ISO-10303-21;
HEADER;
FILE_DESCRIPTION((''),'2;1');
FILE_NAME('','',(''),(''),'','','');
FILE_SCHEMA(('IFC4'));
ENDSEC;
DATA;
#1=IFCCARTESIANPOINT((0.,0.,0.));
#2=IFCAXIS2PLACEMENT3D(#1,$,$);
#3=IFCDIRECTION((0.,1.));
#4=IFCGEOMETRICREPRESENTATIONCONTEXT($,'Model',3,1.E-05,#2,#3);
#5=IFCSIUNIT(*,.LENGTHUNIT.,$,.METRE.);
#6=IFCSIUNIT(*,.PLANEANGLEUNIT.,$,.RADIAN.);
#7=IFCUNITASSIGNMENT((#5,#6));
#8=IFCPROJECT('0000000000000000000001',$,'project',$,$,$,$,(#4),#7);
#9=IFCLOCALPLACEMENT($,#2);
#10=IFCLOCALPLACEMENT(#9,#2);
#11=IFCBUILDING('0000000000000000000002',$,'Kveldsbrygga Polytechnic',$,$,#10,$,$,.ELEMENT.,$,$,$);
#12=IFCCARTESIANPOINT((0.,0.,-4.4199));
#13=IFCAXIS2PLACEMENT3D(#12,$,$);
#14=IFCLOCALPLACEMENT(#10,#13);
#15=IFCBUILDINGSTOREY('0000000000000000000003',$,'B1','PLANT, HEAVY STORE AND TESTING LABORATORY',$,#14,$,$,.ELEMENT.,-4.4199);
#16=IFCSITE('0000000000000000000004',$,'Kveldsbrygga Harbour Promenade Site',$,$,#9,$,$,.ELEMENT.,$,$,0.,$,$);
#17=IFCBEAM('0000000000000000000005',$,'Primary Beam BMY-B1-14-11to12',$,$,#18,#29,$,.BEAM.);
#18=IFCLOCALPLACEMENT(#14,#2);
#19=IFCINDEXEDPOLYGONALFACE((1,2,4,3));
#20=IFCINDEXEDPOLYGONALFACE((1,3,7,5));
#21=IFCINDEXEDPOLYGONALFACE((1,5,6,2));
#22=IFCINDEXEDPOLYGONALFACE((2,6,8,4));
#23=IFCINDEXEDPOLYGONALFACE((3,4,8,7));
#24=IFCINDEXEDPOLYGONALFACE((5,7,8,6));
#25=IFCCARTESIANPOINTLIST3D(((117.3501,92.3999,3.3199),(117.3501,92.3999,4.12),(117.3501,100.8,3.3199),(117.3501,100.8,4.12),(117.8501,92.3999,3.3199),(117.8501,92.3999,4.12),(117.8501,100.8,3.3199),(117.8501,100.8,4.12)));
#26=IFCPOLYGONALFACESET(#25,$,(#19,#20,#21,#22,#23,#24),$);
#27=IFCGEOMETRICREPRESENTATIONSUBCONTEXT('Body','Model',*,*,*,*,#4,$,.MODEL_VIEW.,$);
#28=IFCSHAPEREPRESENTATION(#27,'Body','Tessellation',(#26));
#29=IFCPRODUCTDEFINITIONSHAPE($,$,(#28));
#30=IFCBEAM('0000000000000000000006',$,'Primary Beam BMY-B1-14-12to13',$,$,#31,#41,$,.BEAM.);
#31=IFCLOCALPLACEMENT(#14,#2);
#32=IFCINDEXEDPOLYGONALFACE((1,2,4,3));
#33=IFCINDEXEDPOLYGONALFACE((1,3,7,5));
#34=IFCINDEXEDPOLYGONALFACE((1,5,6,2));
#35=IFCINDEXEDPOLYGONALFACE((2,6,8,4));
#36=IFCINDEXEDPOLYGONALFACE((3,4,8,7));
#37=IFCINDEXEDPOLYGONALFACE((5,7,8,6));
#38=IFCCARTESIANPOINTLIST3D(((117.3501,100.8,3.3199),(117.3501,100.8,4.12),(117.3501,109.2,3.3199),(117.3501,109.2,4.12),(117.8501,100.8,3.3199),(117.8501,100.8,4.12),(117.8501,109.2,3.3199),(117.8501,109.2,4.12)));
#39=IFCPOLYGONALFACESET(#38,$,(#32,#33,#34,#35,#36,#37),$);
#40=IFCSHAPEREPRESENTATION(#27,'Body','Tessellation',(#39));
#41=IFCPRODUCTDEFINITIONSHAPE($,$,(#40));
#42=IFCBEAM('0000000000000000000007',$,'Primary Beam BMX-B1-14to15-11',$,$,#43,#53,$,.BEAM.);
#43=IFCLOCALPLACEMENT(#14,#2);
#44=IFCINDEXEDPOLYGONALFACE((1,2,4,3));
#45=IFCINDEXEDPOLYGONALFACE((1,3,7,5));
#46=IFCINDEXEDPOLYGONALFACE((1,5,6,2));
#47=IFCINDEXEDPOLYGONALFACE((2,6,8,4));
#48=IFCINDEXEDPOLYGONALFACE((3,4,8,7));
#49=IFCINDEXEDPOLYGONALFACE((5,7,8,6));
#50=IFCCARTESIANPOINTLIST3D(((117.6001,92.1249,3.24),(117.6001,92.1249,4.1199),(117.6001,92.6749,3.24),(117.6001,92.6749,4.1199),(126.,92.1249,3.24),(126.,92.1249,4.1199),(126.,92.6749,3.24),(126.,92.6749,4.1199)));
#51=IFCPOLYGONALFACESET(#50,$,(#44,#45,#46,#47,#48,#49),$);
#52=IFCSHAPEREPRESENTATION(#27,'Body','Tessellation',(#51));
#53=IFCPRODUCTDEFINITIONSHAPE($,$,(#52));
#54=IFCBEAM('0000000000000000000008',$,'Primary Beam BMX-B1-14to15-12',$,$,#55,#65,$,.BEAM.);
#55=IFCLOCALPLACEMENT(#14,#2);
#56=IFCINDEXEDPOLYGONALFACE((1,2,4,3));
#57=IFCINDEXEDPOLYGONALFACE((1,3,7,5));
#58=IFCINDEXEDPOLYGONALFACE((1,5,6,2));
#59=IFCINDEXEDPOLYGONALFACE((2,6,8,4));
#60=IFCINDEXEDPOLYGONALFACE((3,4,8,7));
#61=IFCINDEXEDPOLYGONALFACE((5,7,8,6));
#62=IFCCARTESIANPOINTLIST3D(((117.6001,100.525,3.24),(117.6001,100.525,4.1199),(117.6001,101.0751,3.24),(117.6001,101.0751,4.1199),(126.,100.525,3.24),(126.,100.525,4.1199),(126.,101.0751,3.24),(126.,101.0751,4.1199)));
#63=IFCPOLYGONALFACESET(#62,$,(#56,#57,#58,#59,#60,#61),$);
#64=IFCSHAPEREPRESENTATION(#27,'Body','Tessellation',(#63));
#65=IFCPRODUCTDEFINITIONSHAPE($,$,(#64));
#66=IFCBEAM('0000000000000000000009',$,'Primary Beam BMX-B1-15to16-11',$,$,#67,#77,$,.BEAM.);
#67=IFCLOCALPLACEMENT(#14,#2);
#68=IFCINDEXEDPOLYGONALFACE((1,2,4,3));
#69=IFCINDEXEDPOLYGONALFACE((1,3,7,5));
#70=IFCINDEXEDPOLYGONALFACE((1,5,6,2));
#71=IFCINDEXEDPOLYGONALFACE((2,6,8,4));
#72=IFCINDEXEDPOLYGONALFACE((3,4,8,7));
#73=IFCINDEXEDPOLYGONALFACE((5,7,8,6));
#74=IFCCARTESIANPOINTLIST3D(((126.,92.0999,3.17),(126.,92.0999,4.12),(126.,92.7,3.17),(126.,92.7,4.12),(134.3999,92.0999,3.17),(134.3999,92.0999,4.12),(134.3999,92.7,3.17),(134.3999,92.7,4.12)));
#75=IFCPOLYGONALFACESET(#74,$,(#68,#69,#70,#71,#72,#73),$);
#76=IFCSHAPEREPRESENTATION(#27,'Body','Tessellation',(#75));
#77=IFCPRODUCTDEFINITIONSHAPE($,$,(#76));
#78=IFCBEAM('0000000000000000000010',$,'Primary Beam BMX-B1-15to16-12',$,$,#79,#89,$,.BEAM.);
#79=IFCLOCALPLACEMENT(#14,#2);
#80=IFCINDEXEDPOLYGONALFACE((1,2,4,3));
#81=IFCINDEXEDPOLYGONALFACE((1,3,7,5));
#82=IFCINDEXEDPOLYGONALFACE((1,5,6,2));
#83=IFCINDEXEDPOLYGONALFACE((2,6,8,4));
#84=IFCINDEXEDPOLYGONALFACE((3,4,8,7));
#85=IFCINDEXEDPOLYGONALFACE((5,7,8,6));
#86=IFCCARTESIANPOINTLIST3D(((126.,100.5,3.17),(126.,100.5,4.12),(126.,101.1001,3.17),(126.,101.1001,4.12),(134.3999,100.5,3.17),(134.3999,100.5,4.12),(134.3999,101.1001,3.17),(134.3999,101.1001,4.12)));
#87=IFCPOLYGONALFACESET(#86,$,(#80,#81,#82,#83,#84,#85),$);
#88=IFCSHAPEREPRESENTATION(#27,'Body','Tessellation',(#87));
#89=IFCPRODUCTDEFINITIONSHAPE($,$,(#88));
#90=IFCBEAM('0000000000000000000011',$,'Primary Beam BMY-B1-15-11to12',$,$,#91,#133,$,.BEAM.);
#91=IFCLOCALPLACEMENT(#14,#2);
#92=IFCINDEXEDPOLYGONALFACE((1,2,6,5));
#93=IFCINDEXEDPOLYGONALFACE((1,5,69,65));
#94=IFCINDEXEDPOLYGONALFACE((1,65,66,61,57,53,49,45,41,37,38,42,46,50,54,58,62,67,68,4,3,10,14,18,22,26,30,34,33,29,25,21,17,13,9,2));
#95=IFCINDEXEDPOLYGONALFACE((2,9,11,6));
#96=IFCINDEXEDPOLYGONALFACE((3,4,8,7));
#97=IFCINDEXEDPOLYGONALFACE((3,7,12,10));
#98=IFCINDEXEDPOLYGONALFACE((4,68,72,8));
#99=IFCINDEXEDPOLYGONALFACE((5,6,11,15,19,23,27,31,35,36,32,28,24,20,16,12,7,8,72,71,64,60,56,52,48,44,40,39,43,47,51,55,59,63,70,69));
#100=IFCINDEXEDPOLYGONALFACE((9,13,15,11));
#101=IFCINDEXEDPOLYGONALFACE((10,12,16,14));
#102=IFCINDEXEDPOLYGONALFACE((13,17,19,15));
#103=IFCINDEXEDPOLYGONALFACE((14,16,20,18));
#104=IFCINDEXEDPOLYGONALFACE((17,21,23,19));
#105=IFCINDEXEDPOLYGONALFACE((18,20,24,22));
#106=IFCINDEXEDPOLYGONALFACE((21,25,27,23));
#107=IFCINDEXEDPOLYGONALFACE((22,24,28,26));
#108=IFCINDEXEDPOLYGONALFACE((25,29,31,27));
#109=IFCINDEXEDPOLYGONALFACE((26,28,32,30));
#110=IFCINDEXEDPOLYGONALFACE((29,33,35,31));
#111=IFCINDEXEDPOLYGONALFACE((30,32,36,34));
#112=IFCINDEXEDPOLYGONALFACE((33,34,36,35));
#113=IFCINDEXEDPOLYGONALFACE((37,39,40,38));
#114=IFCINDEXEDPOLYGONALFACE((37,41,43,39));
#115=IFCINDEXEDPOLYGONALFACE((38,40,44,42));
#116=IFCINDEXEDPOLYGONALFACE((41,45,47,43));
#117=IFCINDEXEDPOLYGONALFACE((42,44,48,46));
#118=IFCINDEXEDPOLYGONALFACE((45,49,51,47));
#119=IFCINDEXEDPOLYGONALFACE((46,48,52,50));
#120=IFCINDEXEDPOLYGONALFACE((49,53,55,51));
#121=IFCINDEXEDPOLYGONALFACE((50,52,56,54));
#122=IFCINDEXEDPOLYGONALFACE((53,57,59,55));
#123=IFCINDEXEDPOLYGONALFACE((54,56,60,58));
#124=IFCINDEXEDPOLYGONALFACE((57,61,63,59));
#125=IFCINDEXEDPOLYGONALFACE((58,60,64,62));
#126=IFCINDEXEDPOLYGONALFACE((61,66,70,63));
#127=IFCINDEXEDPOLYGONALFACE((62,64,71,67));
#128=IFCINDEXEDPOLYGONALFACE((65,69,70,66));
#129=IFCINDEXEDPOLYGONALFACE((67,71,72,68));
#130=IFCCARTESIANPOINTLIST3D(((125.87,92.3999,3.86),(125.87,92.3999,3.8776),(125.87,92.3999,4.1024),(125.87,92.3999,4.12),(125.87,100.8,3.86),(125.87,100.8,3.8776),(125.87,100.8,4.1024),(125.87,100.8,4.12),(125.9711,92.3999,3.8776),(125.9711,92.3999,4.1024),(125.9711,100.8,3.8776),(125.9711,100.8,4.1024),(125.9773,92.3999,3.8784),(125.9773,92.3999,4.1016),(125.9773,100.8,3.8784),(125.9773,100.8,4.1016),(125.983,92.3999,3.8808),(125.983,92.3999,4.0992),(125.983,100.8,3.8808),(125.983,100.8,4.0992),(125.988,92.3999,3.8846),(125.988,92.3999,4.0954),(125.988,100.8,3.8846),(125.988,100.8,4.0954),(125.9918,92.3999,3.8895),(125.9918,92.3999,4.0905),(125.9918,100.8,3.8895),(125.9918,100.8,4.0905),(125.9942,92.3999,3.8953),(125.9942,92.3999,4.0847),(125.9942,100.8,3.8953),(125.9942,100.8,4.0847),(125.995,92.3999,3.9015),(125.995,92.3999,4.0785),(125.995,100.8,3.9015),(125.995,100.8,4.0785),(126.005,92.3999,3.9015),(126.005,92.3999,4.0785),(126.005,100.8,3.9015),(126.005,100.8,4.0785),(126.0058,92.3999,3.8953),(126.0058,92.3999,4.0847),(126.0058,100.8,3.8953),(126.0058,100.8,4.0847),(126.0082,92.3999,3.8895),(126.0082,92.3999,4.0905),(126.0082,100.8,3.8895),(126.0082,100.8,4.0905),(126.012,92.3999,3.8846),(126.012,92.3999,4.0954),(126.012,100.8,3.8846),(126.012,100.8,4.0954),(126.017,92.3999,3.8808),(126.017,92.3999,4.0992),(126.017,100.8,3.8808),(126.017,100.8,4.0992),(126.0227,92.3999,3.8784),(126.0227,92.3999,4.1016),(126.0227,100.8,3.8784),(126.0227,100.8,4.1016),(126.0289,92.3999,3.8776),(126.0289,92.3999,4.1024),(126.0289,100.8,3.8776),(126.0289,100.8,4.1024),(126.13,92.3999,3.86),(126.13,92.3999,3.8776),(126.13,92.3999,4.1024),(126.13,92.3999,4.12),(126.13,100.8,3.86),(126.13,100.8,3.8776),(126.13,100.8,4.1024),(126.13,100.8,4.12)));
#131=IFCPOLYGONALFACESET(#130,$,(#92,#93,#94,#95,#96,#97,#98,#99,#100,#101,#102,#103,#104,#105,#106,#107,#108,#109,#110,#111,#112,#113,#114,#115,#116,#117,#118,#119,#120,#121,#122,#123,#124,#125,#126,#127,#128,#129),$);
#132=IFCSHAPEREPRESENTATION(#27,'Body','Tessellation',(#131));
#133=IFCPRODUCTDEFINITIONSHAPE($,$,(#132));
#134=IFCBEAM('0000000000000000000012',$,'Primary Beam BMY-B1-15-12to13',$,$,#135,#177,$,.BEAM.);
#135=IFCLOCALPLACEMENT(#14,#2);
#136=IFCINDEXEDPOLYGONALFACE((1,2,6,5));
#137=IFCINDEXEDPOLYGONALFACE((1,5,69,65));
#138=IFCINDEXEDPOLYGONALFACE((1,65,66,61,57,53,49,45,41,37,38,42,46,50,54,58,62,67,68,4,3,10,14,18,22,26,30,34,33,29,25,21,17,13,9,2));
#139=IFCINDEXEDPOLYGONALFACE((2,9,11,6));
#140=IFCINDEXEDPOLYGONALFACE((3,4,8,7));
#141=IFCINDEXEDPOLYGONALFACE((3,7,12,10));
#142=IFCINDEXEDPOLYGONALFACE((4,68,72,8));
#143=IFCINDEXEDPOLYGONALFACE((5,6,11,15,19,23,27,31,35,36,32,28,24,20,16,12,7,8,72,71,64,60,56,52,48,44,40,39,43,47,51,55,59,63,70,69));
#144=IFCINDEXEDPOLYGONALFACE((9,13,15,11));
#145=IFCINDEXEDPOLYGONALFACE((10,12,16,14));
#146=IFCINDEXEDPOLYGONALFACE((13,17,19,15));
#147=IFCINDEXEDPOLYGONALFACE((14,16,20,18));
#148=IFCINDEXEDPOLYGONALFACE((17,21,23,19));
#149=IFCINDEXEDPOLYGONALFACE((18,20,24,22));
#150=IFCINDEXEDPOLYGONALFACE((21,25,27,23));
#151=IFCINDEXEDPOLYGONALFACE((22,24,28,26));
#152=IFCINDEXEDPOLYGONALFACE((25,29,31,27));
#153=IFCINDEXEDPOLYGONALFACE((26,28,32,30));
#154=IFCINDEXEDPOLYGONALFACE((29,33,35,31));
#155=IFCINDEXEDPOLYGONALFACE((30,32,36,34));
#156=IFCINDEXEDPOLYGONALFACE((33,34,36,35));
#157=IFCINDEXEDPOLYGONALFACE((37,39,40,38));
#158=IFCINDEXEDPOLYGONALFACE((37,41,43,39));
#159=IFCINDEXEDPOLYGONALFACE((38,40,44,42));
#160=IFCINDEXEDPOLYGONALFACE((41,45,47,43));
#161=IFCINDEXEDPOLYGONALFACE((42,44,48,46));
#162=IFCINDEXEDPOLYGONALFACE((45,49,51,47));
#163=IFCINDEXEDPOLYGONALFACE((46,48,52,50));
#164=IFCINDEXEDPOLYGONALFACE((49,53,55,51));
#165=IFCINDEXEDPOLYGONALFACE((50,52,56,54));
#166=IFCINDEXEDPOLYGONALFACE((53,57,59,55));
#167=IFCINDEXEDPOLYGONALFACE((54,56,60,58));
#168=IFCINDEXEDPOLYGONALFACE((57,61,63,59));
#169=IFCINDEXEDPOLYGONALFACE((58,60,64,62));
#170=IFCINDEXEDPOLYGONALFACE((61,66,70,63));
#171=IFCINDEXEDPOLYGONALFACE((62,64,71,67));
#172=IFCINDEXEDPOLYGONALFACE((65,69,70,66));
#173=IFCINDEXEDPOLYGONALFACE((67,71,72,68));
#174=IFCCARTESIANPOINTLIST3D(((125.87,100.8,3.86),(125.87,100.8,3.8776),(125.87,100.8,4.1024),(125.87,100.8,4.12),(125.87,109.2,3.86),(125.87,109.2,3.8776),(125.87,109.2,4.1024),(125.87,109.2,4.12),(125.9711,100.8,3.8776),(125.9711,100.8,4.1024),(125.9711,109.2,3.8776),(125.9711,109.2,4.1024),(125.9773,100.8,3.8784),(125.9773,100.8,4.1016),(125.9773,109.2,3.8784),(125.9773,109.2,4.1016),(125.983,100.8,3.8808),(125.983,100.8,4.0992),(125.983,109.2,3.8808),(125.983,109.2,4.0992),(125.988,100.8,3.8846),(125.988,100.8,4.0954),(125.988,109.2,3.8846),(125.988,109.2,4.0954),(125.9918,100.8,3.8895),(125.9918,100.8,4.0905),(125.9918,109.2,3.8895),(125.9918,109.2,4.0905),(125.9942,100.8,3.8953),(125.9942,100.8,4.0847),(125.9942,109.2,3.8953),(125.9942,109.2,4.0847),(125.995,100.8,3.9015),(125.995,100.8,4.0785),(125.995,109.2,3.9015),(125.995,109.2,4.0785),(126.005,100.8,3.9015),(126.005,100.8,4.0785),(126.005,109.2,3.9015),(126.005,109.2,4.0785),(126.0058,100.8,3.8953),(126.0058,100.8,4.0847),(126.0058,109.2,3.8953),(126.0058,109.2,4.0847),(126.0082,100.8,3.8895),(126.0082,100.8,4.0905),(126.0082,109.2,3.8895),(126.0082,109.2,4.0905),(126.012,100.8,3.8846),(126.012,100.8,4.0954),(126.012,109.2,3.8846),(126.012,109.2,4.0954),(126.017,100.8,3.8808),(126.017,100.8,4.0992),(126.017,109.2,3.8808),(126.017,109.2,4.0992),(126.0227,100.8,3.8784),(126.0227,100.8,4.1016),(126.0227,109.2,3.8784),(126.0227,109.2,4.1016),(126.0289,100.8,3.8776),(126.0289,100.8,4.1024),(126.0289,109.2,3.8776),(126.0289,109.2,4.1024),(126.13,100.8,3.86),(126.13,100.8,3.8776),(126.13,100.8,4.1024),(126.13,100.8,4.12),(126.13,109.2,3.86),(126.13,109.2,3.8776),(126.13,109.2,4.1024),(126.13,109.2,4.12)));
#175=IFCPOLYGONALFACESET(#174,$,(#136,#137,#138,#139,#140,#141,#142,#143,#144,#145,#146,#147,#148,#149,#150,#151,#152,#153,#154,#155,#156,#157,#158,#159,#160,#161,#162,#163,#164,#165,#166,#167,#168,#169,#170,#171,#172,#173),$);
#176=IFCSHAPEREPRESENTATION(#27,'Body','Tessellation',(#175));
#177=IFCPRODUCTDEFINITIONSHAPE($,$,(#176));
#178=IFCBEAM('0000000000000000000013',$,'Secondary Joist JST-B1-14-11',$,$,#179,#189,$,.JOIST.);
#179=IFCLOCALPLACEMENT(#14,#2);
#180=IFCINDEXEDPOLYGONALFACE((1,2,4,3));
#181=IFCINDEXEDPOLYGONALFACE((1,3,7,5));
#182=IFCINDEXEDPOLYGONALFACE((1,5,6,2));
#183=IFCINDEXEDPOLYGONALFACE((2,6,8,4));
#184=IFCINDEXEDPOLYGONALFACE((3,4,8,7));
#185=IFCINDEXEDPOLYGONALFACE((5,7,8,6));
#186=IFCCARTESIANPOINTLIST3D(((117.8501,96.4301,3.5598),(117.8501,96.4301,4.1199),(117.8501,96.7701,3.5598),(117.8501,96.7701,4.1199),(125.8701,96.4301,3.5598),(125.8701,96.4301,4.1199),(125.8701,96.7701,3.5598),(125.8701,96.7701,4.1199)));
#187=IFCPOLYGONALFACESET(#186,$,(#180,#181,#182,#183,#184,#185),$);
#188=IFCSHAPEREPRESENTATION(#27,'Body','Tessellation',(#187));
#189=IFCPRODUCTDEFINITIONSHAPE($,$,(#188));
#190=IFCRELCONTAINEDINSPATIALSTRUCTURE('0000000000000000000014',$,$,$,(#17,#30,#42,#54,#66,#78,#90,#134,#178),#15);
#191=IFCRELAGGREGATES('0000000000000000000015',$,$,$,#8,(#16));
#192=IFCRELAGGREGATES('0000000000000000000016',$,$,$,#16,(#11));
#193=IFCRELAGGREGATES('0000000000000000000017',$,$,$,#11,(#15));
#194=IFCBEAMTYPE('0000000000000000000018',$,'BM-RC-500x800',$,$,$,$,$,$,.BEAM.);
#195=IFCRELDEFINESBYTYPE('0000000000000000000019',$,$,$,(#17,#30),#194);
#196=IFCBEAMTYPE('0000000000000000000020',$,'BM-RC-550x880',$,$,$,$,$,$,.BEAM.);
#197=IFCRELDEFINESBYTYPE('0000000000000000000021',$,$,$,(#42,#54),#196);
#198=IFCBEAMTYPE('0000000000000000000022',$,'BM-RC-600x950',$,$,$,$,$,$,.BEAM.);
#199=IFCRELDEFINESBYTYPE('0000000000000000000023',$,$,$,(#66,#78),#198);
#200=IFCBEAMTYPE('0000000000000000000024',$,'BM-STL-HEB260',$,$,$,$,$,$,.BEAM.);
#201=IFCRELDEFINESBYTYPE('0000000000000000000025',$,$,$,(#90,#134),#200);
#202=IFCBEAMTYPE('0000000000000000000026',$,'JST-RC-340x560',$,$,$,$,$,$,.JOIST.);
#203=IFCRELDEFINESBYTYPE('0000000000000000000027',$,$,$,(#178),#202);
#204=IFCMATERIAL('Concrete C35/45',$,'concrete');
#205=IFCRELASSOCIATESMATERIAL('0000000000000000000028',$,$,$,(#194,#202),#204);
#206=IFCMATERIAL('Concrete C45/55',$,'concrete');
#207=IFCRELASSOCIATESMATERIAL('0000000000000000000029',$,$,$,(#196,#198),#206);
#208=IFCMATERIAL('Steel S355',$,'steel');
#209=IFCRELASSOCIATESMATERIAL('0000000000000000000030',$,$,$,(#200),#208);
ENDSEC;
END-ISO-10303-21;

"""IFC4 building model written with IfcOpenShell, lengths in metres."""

from ifc_helpers import new_model, si_unit, direction, frame, origin, origin_2d, place, context, subcontext, project, spatial, rectangle, i_section, extrude, material, material_profile, profile_set, type_object, element, save


model = new_model("IFC4")

# Units and contexts
model_context = context("Model", 3, precision=1e-05, world=origin(), true_north=direction((0.0, 1.0)))
body_context = subcontext(model_context, "Body", "Model", "MODEL_VIEW")
ifc_project = project(units=[si_unit("LENGTHUNIT", "METRE"), si_unit("PLANEANGLEUNIT", "RADIAN")], contexts=[model_context])

# Site, building, storey
site_placement = place(None, origin())
site = spatial("IfcSite", under=ifc_project, at=site_placement, Name="Kveldsbrygga Harbour Promenade Site", CompositionType="ELEMENT", RefElevation=0.0)
building_placement = place(site_placement, origin())
building = spatial("IfcBuilding", under=site, at=building_placement, Name="Kveldsbrygga Polytechnic", CompositionType="ELEMENT")
storey_placement = place(building_placement, frame((0.0, 0.0, -4.4199)))
storey = spatial("IfcBuildingStorey", under=building, at=storey_placement, Name="B1", Description="PLANT, HEAVY STORE AND TESTING LABORATORY", CompositionType="ELEMENT", Elevation=-4.4199)

# Shared definitions
ifc_material_1 = material(Name="Concrete C45/55", Category="concrete")

# Beams
ifc_material_2 = material(Name="Concrete C35/45", Category="concrete")
ifc_material_profile_1 = material_profile(ifc_material_2, rectangle(XDim=0.5, YDim=0.8, at=origin_2d()), Name="RC 500x800")
ifc_profile_set_1 = profile_set([ifc_material_profile_1], Name="Concrete C35/45")
beam_type_1 = type_object("IfcBeamType", Name="BM-RC-500x800", PredefinedType="BEAM", material=ifc_profile_set_1)
beam_1_placement = place(storey_placement, frame((117.6001, 92.3999, 3.72), z_axis=(0.0, 1.0, 0.0), x_axis=(-1.0, 0.0, 0.0)))
element("IfcBeam", 1, at=beam_1_placement, inside=storey, type_object=beam_type_1, Name="Primary Beam BMY-B1-14-11to12", PredefinedType="BEAM", context=body_context, shape_type="SweptSolid", body=[
    extrude(rectangle(XDim=0.5, YDim=0.8, at=origin_2d()), origin(), (0.0, 0.0, 1.0), 8.4001),
])
beam_2_placement = place(storey_placement, frame((117.6001, 100.8, 3.72), z_axis=(0.0, 1.0, 0.0), x_axis=(-1.0, 0.0, 0.0)))
element("IfcBeam", 2, at=beam_2_placement, inside=storey, type_object=beam_type_1, Name="Primary Beam BMY-B1-14-12to13", PredefinedType="BEAM", context=body_context, shape_type="SweptSolid", body=[
    extrude(rectangle(XDim=0.5, YDim=0.8, at=origin_2d()), origin(), (0.0, 0.0, 1.0), 8.3999),
])
ifc_material_profile_2 = material_profile(ifc_material_1, rectangle(XDim=0.55, YDim=0.8799, at=origin_2d()), Name="RC 550x880")
ifc_profile_set_2 = profile_set([ifc_material_profile_2], Name="Concrete C45/55")
beam_type_2 = type_object("IfcBeamType", Name="BM-RC-550x880", PredefinedType="BEAM", material=ifc_profile_set_2)
for number, where, z_axis, x_axis, name in (
    (3, (117.6001, 92.3999, 3.6799), (1.0, 0.0, 0.0), (0.0, 1.0, 0.0), "Primary Beam BMX-B1-14to15-11"),
    (4, (117.6001, 100.8, 3.6799), (1.0, 0.0, 0.0), (0.0, 1.0, 0.0), "Primary Beam BMX-B1-14to15-12"),
):
    element("IfcBeam", number, at=place(storey_placement, frame(where, z_axis=z_axis, x_axis=x_axis)), inside=storey, type_object=beam_type_2, Name=name, PredefinedType="BEAM", context=body_context, shape_type="SweptSolid", body=[
        extrude(rectangle(XDim=0.55, YDim=0.8799, at=origin_2d()), origin(), (0.0, 0.0, 1.0), 8.3999),
    ])
ifc_material_profile_3 = material_profile(ifc_material_1, rectangle(XDim=0.6001, YDim=0.95, at=origin_2d()), Name="RC 600x950")
ifc_profile_set_3 = profile_set([ifc_material_profile_3], Name="Concrete C45/55")
beam_type_3 = type_object("IfcBeamType", Name="BM-RC-600x950", PredefinedType="BEAM", material=ifc_profile_set_3)
for number, where, z_axis, x_axis, name in (
    (5, (126.0, 92.3999, 3.645), (1.0, 0.0, 0.0), (0.0, 1.0, 0.0), "Primary Beam BMX-B1-15to16-11"),
    (6, (126.0, 100.8, 3.645), (1.0, 0.0, 0.0), (0.0, 1.0, 0.0), "Primary Beam BMX-B1-15to16-12"),
):
    element("IfcBeam", number, at=place(storey_placement, frame(where, z_axis=z_axis, x_axis=x_axis)), inside=storey, type_object=beam_type_3, Name=name, PredefinedType="BEAM", context=body_context, shape_type="SweptSolid", body=[
        extrude(rectangle(XDim=0.6001, YDim=0.95, at=origin_2d()), origin(), (0.0, 0.0, 1.0), 8.3999),
    ])
ifc_material_3 = material(Name="Steel S355", Category="steel")
ifc_material_profile_4 = material_profile(ifc_material_3, i_section(OverallWidth=0.26, OverallDepth=0.26, WebThickness=0.01, FlangeThickness=0.0176, FilletRadius=0.0239, at=origin_2d()), Name="HEB 260")
ifc_profile_set_4 = profile_set([ifc_material_profile_4], Name="Steel S355")
beam_type_4 = type_object("IfcBeamType", Name="BM-STL-HEB260", PredefinedType="BEAM", material=ifc_profile_set_4)
beam_3_placement = place(storey_placement, frame((126.0, 92.3999, 3.99), z_axis=(0.0, 1.0, 0.0), x_axis=(-1.0, 0.0, 0.0)))
element("IfcBeam", 7, at=beam_3_placement, inside=storey, type_object=beam_type_4, Name="Primary Beam BMY-B1-15-11to12", PredefinedType="BEAM", context=body_context, shape_type="SweptSolid", body=[
    extrude(i_section(OverallWidth=0.26, OverallDepth=0.26, WebThickness=0.01, FlangeThickness=0.0176, FilletRadius=0.0239, at=origin_2d()), origin(), (0.0, 0.0, 1.0), 8.4001),
])
beam_4_placement = place(storey_placement, frame((126.0, 100.8, 3.99), z_axis=(0.0, 1.0, 0.0), x_axis=(-1.0, 0.0, 0.0)))
element("IfcBeam", 8, at=beam_4_placement, inside=storey, type_object=beam_type_4, Name="Primary Beam BMY-B1-15-12to13", PredefinedType="BEAM", context=body_context, shape_type="SweptSolid", body=[
    extrude(i_section(OverallWidth=0.26, OverallDepth=0.26, WebThickness=0.01, FlangeThickness=0.0176, FilletRadius=0.0239, at=origin_2d()), origin(), (0.0, 0.0, 1.0), 8.3999),
])
ifc_material_profile_5 = material_profile(ifc_material_2, rectangle(XDim=0.3401, YDim=0.5601, at=origin_2d()), Name="RC 340x560")
ifc_profile_set_5 = profile_set([ifc_material_profile_5], Name="Concrete C35/45")
beam_type_5 = type_object("IfcBeamType", Name="JST-RC-340x560", PredefinedType="JOIST", material=ifc_profile_set_5)
beam_5_placement = place(storey_placement, frame((117.8501, 96.6001, 3.8398), z_axis=(1.0, 0.0, 0.0), x_axis=(0.0, 1.0, 0.0)))
element("IfcBeam", 9, at=beam_5_placement, inside=storey, type_object=beam_type_5, Name="Secondary Joist JST-B1-14-11", PredefinedType="JOIST", context=body_context, shape_type="SweptSolid", body=[
    extrude(rectangle(XDim=0.3401, YDim=0.5601, at=origin_2d()), origin(), (0.0, 0.0, 1.0), 8.02),
])

save(model, "model.ifc")
